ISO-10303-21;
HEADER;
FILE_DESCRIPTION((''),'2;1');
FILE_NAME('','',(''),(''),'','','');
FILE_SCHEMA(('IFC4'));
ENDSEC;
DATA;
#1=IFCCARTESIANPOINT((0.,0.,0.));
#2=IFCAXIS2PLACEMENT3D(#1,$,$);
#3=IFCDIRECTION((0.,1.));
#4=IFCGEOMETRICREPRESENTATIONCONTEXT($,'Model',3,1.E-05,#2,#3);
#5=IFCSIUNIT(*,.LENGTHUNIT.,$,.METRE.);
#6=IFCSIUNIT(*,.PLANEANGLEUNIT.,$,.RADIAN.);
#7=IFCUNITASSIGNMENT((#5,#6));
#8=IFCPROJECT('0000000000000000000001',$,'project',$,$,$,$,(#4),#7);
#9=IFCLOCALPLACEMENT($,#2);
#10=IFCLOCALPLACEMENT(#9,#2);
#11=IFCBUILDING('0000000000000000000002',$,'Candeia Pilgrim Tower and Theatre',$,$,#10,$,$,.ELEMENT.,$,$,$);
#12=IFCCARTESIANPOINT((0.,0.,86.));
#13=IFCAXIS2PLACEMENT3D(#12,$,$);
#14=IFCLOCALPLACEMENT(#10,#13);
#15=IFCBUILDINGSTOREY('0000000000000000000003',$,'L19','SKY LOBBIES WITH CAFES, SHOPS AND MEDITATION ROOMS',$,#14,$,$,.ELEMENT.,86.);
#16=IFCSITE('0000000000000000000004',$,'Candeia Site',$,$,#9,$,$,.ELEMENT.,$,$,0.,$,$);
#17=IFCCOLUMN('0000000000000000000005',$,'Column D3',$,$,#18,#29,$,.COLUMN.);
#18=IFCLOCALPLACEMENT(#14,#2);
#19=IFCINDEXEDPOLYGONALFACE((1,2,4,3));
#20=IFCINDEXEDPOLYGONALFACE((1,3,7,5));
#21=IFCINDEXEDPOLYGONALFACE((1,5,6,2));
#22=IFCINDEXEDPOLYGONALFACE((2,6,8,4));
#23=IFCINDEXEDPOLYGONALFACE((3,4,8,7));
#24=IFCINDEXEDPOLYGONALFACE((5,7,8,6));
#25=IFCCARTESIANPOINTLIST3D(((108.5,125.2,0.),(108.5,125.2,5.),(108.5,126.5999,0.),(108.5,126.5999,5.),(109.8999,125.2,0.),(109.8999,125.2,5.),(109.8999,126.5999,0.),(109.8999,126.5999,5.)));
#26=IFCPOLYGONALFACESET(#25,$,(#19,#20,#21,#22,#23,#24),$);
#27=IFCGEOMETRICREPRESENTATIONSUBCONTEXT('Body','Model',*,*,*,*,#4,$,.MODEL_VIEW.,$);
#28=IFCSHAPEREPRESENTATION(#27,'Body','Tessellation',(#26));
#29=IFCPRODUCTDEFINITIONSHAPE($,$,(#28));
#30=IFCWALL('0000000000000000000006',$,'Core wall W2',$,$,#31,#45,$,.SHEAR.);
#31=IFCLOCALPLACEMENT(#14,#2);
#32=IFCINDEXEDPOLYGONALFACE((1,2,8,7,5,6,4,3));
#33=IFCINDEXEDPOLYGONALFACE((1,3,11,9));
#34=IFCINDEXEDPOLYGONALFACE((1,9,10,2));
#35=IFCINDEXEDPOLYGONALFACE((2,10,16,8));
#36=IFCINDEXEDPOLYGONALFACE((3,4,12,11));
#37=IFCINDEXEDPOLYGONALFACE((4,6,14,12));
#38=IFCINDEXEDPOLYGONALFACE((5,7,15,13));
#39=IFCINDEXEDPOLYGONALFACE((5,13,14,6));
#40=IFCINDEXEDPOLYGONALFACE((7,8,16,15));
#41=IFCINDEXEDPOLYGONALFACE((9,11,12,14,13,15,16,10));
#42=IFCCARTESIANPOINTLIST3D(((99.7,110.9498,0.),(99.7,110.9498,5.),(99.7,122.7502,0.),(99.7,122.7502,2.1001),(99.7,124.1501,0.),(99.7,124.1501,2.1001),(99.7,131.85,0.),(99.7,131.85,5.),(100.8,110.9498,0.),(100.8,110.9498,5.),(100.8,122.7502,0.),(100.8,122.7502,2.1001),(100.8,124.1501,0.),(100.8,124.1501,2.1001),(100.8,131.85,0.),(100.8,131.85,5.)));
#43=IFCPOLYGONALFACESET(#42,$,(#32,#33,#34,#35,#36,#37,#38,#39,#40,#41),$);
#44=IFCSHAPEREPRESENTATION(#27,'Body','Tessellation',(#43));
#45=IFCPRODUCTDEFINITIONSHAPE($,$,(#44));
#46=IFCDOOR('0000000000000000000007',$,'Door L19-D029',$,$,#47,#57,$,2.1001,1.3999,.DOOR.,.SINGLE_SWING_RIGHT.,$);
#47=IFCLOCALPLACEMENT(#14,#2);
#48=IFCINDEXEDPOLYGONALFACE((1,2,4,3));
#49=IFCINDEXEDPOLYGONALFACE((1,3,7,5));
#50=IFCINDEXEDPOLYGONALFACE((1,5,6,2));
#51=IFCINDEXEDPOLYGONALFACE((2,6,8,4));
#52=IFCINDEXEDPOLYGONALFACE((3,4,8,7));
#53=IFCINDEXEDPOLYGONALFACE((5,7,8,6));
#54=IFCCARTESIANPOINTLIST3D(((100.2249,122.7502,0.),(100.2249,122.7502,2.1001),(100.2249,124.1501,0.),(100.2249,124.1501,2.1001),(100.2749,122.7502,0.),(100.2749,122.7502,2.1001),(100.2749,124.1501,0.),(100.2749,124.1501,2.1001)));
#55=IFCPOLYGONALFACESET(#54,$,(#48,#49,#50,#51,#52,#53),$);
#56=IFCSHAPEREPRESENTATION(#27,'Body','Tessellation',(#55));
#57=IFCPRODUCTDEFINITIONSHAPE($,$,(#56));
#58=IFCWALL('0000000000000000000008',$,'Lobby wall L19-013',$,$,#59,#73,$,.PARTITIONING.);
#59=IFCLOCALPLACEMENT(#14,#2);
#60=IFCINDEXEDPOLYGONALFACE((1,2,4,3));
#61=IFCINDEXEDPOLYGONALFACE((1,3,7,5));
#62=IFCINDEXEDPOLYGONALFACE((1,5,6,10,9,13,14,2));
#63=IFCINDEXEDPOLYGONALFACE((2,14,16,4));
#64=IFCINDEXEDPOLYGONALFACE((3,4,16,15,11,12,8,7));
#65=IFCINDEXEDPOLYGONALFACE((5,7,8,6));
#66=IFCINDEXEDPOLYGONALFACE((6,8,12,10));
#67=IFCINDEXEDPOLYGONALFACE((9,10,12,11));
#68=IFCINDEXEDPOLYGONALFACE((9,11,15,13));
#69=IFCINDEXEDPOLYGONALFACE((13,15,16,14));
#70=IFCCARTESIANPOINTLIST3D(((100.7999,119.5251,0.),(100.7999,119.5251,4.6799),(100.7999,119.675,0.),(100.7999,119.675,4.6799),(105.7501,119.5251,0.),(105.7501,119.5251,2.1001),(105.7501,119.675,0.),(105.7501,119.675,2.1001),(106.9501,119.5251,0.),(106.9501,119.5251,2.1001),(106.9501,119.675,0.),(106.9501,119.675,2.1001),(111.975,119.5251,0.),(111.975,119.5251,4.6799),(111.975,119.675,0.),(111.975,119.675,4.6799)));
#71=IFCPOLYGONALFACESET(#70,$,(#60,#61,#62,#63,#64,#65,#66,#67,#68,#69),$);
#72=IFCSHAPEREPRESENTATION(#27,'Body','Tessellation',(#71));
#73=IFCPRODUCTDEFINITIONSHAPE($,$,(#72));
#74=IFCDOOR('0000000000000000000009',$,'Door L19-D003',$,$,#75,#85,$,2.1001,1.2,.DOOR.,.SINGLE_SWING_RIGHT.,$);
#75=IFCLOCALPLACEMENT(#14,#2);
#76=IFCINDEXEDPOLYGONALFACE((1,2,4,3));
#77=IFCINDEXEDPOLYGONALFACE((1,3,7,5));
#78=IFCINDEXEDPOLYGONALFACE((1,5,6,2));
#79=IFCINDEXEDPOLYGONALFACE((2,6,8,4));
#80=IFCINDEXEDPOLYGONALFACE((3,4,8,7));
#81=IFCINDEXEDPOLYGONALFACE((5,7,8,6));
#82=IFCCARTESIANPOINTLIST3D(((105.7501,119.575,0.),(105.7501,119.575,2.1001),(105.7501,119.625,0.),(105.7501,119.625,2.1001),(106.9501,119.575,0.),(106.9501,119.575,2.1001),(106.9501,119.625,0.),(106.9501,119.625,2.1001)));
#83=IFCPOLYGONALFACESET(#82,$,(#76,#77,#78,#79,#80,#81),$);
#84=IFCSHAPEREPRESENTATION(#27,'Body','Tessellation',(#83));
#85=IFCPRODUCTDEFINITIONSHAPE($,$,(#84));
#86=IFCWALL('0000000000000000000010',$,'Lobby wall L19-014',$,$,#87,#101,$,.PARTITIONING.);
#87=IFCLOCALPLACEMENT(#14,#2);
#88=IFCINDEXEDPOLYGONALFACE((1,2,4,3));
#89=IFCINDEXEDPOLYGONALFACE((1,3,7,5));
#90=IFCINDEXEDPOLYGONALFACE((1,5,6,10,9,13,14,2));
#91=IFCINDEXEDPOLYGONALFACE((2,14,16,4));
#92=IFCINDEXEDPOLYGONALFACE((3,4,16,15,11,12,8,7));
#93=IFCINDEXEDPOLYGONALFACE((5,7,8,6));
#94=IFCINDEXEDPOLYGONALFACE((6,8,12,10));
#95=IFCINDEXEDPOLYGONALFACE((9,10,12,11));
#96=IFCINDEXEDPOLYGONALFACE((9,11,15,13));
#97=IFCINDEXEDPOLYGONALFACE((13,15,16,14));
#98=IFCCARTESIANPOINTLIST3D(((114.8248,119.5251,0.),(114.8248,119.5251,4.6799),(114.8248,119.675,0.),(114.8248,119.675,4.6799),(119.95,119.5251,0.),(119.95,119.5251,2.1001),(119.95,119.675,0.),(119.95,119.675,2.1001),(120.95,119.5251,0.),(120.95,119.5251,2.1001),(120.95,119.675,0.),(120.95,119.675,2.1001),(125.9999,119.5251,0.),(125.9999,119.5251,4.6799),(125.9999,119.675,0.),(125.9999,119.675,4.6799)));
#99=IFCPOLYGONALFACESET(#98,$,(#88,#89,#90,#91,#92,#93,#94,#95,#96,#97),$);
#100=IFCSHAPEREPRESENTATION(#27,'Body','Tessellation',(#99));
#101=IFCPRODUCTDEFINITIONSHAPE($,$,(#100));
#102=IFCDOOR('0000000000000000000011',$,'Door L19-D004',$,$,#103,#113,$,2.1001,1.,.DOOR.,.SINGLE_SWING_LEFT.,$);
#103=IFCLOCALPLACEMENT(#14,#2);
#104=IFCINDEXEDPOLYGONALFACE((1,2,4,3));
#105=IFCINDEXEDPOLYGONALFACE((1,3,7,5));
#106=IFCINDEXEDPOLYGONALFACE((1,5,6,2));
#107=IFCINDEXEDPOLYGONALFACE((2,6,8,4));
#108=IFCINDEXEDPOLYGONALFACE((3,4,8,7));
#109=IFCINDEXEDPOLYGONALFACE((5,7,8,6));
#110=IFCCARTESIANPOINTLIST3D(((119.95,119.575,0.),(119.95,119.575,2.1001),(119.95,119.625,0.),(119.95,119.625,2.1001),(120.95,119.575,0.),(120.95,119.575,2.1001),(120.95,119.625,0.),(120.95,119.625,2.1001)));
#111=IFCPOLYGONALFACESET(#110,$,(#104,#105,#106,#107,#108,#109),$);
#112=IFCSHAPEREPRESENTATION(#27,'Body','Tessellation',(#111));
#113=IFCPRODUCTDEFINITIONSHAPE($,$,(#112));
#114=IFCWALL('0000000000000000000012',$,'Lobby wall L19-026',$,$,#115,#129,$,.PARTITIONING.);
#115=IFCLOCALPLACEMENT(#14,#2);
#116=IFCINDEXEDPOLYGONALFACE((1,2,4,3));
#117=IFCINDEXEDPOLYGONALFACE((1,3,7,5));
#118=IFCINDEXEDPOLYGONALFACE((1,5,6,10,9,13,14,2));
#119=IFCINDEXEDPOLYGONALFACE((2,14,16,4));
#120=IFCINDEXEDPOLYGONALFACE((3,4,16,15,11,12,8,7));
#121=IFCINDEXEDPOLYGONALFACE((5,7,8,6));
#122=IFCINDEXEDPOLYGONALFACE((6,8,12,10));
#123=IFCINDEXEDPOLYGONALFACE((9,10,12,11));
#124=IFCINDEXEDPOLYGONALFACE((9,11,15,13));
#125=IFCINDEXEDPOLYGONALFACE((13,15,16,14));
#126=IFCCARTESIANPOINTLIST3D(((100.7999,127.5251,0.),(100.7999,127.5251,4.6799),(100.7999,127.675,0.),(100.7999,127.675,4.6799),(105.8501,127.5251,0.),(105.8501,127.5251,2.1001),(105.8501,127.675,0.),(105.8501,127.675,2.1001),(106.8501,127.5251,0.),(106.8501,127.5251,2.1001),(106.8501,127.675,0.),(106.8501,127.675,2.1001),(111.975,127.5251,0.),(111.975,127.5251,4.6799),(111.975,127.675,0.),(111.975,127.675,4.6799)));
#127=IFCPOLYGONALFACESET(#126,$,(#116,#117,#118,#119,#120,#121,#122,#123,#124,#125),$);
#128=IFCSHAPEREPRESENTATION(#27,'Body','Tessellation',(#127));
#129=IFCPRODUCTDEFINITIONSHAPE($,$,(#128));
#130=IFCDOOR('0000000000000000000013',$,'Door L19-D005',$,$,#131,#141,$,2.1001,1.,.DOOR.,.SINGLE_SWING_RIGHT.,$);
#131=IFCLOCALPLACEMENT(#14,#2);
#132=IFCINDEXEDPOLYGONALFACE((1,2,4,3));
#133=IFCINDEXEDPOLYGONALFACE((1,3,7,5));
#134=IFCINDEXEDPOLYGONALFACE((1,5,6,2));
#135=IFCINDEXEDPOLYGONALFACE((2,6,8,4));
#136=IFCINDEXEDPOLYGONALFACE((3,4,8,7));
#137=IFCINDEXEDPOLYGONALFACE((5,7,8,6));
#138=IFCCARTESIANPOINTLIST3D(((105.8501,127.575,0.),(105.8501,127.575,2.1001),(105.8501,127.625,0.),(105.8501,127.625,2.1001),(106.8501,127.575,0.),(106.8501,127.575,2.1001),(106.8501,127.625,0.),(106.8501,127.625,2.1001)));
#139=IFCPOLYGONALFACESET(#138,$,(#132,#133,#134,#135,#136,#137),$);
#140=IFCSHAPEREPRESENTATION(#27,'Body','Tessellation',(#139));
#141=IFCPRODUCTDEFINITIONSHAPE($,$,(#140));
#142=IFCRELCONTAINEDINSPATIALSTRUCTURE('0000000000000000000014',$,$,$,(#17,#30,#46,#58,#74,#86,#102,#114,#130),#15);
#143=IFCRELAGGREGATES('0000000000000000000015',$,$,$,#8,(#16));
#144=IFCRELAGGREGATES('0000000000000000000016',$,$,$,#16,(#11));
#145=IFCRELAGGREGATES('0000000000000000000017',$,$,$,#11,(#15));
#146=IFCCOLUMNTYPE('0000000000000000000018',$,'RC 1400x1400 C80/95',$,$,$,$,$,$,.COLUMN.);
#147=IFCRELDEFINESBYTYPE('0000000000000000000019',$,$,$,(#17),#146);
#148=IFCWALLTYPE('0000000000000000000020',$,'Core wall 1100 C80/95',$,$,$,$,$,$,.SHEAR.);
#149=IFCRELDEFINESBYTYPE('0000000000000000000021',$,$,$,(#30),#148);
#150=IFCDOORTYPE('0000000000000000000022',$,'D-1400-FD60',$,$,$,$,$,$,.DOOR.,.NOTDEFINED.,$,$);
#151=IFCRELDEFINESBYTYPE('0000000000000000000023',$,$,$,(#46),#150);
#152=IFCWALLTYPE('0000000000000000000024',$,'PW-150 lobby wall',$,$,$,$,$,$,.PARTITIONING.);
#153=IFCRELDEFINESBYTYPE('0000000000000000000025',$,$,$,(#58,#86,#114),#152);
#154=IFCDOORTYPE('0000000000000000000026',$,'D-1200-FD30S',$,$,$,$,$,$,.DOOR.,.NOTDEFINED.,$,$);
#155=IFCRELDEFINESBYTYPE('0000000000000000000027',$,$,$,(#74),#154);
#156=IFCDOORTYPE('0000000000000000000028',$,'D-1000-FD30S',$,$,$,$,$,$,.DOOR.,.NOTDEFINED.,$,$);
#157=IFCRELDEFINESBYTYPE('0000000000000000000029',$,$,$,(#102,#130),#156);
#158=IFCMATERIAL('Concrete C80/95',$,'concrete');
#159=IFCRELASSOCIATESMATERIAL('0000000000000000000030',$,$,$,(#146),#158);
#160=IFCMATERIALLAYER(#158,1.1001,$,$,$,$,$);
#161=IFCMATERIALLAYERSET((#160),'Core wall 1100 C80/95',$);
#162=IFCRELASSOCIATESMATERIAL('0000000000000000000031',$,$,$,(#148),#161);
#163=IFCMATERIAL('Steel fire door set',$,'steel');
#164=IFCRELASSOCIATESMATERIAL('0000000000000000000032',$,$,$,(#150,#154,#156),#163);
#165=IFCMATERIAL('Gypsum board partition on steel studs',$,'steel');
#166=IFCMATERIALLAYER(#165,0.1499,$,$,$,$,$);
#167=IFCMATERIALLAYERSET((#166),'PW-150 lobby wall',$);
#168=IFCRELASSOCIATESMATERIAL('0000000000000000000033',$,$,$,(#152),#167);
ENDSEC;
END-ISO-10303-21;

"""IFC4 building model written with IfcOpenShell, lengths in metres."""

from ifc_helpers import new_model, si_unit, direction, frame, frame_2d, origin, origin_2d, place, context, subcontext, project, spatial, rectangle, extrude, material, layer, layer_set, material_profile, profile_set, type_object, element, fill, save


model = new_model("IFC4")

# Units and contexts
model_context = context("Model", 3, precision=1e-05, world=origin(), true_north=direction((0.0, 1.0)))
body_context = subcontext(model_context, "Body", "Model", "MODEL_VIEW")
ifc_project = project(units=[si_unit("LENGTHUNIT", "METRE"), si_unit("PLANEANGLEUNIT", "RADIAN")], contexts=[model_context])

# Site, building, storey
site_placement = place(None, origin())
site = spatial("IfcSite", under=ifc_project, at=site_placement, Name="Candeia Site", CompositionType="ELEMENT", RefElevation=0.0)
building_placement = place(site_placement, origin())
building = spatial("IfcBuilding", under=site, at=building_placement, Name="Candeia Pilgrim Tower and Theatre", CompositionType="ELEMENT")
storey_placement = place(building_placement, frame((0.0, 0.0, 86.0)))
storey = spatial("IfcBuildingStorey", under=building, at=storey_placement, Name="L19", Description="SKY LOBBIES WITH CAFES, SHOPS AND MEDITATION ROOMS", CompositionType="ELEMENT", Elevation=86.0)

# Column
ifc_material_1 = material(Name="Concrete C80/95", Category="concrete")
ifc_material_profile = material_profile(ifc_material_1, rectangle(XDim=1.3999, YDim=1.3999, at=origin_2d()))
ifc_profile_set = profile_set([ifc_material_profile], Name="Concrete C80/95")
column_type = type_object("IfcColumnType", Name="RC 1400x1400 C80/95", PredefinedType="COLUMN", material=ifc_profile_set)
column_placement = place(storey_placement, frame((109.2, 125.8999, 0.0), z_axis=(0.0, 0.0, 1.0), x_axis=(1.0, 0.0, 0.0)))
element("IfcColumn", 1, at=column_placement, inside=storey, type_object=column_type, Name="Column D3", PredefinedType="COLUMN", context=body_context, shape_type="SweptSolid", body=[
    extrude(rectangle(XDim=1.3999, YDim=1.3999, at=origin_2d()), origin(), (0.0, 0.0, 1.0), 5.0),
])

# Walls, openings, doors
ifc_layer_1 = layer(ifc_material_1, 1.1001)
ifc_layer_set_1 = layer_set([ifc_layer_1], Name="Core wall 1100 C80/95")
wall_type_1 = type_object("IfcWallType", Name="Core wall 1100 C80/95", PredefinedType="SHEAR", material=ifc_layer_set_1)
wall_1_placement = place(storey_placement, frame((100.25, 131.8501, 0.0), z_axis=(0.0, 0.0, 1.0), x_axis=(0.0, -1.0, 0.0)))
wall_1 = element("IfcWall", 2, at=wall_1_placement, inside=storey, type_object=wall_type_1, Name="Core wall W2", PredefinedType="SHEAR", context=body_context, shape_type="SweptSolid", body=[
    extrude(rectangle(XDim=20.9001, YDim=1.1001, at=frame_2d((10.4502, 0.0))), origin(), (0.0, 0.0, 1.0), 5.0),
])
opening_1_placement = place(wall_1_placement, frame((7.7, 0.0, 0.0)))
opening_1 = element("IfcOpeningElement", 3, at=opening_1_placement, cuts=wall_1, PredefinedType="OPENING", context=body_context, shape_type="SweptSolid", body=[
    extrude(rectangle(XDim=1.3999, YDim=2.1001, at=frame_2d((0.7, 1.05))), frame((0.0, 0.5601, 0.0), z_axis=(0.0, -1.0, 0.0), x_axis=(1.0, 0.0, 0.0)), (0.0, 0.0, 1.0), 1.1201),
])
ifc_material_2 = material(Name="Steel fire door set", Category="steel")
door_type_1 = type_object("IfcDoorType", Name="D-1400-FD60", OperationType="NOTDEFINED", PredefinedType="DOOR", material=ifc_material_2)
door_1_placement = place(opening_1_placement, origin())
door_1 = element("IfcDoor", 4, at=door_1_placement, inside=storey, type_object=door_type_1, Name="Door L19-D029", OperationType="SINGLE_SWING_RIGHT", OverallHeight=2.1001, OverallWidth=1.3999, PredefinedType="DOOR", context=body_context, shape_type="SweptSolid", body=[
    extrude(rectangle(XDim=1.3999, YDim=2.1001, at=frame_2d((0.7, 1.05))), frame((0.0, 0.0249, 0.0), z_axis=(0.0, -1.0, 0.0), x_axis=(1.0, 0.0, 0.0)), (0.0, 0.0, 1.0), 0.05),
])
fill(opening_1, door_1)
ifc_material_3 = material(Name="Gypsum board partition on steel studs", Category="steel")
ifc_layer_2 = layer(ifc_material_3, 0.1499)
ifc_layer_set_2 = layer_set([ifc_layer_2], Name="PW-150 lobby wall")
wall_type_2 = type_object("IfcWallType", Name="PW-150 lobby wall", PredefinedType="PARTITIONING", material=ifc_layer_set_2)
wall_2_placement = place(storey_placement, frame((100.8, 119.6001, 0.0), z_axis=(0.0, 0.0, 1.0), x_axis=(1.0, 0.0, 0.0)))
wall_2 = element("IfcWall", 5, at=wall_2_placement, inside=storey, type_object=wall_type_2, Name="Lobby wall L19-013", PredefinedType="PARTITIONING", context=body_context, shape_type="SweptSolid", body=[
    extrude(rectangle(XDim=11.175, YDim=0.1499, at=frame_2d((5.5874, 0.0))), origin(), (0.0, 0.0, 1.0), 4.6799),
])
opening_2_placement = place(wall_2_placement, frame((4.95, 0.0, 0.0)))
opening_2 = element("IfcOpeningElement", 6, at=opening_2_placement, cuts=wall_2, PredefinedType="OPENING", context=body_context, shape_type="SweptSolid", body=[
    extrude(rectangle(XDim=1.2, YDim=2.1001, at=frame_2d((0.6001, 1.05))), frame((0.0, 0.085, 0.0), z_axis=(0.0, -1.0, 0.0), x_axis=(1.0, 0.0, 0.0)), (0.0, 0.0, 1.0), 0.1699),
])
door_type_2 = type_object("IfcDoorType", Name="D-1200-FD30S", OperationType="NOTDEFINED", PredefinedType="DOOR", material=ifc_material_2)
door_2_placement = place(opening_2_placement, origin())
door_2 = element("IfcDoor", 7, at=door_2_placement, inside=storey, type_object=door_type_2, Name="Door L19-D003", OperationType="SINGLE_SWING_RIGHT", OverallHeight=2.1001, OverallWidth=1.2, PredefinedType="DOOR", context=body_context, shape_type="SweptSolid", body=[
    extrude(rectangle(XDim=1.2, YDim=2.1001, at=frame_2d((0.6001, 1.05))), frame((0.0, 0.0249, 0.0), z_axis=(0.0, -1.0, 0.0), x_axis=(1.0, 0.0, 0.0)), (0.0, 0.0, 1.0), 0.05),
])
fill(opening_2, door_2)
wall_3_placement = place(storey_placement, frame((114.825, 119.6001, 0.0), z_axis=(0.0, 0.0, 1.0), x_axis=(1.0, 0.0, 0.0)))
wall_3 = element("IfcWall", 8, at=wall_3_placement, inside=storey, type_object=wall_type_2, Name="Lobby wall L19-014", PredefinedType="PARTITIONING", context=body_context, shape_type="SweptSolid", body=[
    extrude(rectangle(XDim=11.175, YDim=0.1499, at=frame_2d((5.5874, 0.0))), origin(), (0.0, 0.0, 1.0), 4.6799),
])
opening_3_placement = place(wall_3_placement, frame((5.125, 0.0, 0.0)))
opening_3 = element("IfcOpeningElement", 9, at=opening_3_placement, cuts=wall_3, PredefinedType="OPENING", context=body_context, shape_type="SweptSolid", body=[
    extrude(rectangle(XDim=1.0, YDim=2.1001, at=frame_2d((0.5, 1.05))), frame((0.0, 0.085, 0.0), z_axis=(0.0, -1.0, 0.0), x_axis=(1.0, 0.0, 0.0)), (0.0, 0.0, 1.0), 0.1699),
])
door_type_3 = type_object("IfcDoorType", Name="D-1000-FD30S", OperationType="NOTDEFINED", PredefinedType="DOOR", material=ifc_material_2)
door_3_placement = place(opening_3_placement, origin())
door_3 = element("IfcDoor", 10, at=door_3_placement, inside=storey, type_object=door_type_3, Name="Door L19-D004", OperationType="SINGLE_SWING_LEFT", OverallHeight=2.1001, OverallWidth=1.0, PredefinedType="DOOR", context=body_context, shape_type="SweptSolid", body=[
    extrude(rectangle(XDim=1.0, YDim=2.1001, at=frame_2d((0.5, 1.05))), frame((0.0, 0.0249, 0.0), z_axis=(0.0, -1.0, 0.0), x_axis=(1.0, 0.0, 0.0)), (0.0, 0.0, 1.0), 0.05),
])
fill(opening_3, door_3)
wall_4_placement = place(storey_placement, frame((100.8, 127.6001, 0.0), z_axis=(0.0, 0.0, 1.0), x_axis=(1.0, 0.0, 0.0)))
wall_4 = element("IfcWall", 11, at=wall_4_placement, inside=storey, type_object=wall_type_2, Name="Lobby wall L19-026", PredefinedType="PARTITIONING", context=body_context, shape_type="SweptSolid", body=[
    extrude(rectangle(XDim=11.175, YDim=0.1499, at=frame_2d((5.5874, 0.0))), origin(), (0.0, 0.0, 1.0), 4.6799),
])
opening_4_placement = place(wall_4_placement, frame((5.05, 0.0, 0.0)))
opening_4 = element("IfcOpeningElement", 12, at=opening_4_placement, cuts=wall_4, PredefinedType="OPENING", context=body_context, shape_type="SweptSolid", body=[
    extrude(rectangle(XDim=1.0, YDim=2.1001, at=frame_2d((0.5, 1.05))), frame((0.0, 0.085, 0.0), z_axis=(0.0, -1.0, 0.0), x_axis=(1.0, 0.0, 0.0)), (0.0, 0.0, 1.0), 0.1699),
])
door_4_placement = place(opening_4_placement, origin())
door_4 = element("IfcDoor", 13, at=door_4_placement, inside=storey, type_object=door_type_3, Name="Door L19-D005", OperationType="SINGLE_SWING_RIGHT", OverallHeight=2.1001, OverallWidth=1.0, PredefinedType="DOOR", context=body_context, shape_type="SweptSolid", body=[
    extrude(rectangle(XDim=1.0, YDim=2.1001, at=frame_2d((0.5, 1.05))), frame((0.0, 0.0249, 0.0), z_axis=(0.0, -1.0, 0.0), x_axis=(1.0, 0.0, 0.0)), (0.0, 0.0, 1.0), 0.05),
])
fill(opening_4, door_4)

save(model, "model.ifc")
